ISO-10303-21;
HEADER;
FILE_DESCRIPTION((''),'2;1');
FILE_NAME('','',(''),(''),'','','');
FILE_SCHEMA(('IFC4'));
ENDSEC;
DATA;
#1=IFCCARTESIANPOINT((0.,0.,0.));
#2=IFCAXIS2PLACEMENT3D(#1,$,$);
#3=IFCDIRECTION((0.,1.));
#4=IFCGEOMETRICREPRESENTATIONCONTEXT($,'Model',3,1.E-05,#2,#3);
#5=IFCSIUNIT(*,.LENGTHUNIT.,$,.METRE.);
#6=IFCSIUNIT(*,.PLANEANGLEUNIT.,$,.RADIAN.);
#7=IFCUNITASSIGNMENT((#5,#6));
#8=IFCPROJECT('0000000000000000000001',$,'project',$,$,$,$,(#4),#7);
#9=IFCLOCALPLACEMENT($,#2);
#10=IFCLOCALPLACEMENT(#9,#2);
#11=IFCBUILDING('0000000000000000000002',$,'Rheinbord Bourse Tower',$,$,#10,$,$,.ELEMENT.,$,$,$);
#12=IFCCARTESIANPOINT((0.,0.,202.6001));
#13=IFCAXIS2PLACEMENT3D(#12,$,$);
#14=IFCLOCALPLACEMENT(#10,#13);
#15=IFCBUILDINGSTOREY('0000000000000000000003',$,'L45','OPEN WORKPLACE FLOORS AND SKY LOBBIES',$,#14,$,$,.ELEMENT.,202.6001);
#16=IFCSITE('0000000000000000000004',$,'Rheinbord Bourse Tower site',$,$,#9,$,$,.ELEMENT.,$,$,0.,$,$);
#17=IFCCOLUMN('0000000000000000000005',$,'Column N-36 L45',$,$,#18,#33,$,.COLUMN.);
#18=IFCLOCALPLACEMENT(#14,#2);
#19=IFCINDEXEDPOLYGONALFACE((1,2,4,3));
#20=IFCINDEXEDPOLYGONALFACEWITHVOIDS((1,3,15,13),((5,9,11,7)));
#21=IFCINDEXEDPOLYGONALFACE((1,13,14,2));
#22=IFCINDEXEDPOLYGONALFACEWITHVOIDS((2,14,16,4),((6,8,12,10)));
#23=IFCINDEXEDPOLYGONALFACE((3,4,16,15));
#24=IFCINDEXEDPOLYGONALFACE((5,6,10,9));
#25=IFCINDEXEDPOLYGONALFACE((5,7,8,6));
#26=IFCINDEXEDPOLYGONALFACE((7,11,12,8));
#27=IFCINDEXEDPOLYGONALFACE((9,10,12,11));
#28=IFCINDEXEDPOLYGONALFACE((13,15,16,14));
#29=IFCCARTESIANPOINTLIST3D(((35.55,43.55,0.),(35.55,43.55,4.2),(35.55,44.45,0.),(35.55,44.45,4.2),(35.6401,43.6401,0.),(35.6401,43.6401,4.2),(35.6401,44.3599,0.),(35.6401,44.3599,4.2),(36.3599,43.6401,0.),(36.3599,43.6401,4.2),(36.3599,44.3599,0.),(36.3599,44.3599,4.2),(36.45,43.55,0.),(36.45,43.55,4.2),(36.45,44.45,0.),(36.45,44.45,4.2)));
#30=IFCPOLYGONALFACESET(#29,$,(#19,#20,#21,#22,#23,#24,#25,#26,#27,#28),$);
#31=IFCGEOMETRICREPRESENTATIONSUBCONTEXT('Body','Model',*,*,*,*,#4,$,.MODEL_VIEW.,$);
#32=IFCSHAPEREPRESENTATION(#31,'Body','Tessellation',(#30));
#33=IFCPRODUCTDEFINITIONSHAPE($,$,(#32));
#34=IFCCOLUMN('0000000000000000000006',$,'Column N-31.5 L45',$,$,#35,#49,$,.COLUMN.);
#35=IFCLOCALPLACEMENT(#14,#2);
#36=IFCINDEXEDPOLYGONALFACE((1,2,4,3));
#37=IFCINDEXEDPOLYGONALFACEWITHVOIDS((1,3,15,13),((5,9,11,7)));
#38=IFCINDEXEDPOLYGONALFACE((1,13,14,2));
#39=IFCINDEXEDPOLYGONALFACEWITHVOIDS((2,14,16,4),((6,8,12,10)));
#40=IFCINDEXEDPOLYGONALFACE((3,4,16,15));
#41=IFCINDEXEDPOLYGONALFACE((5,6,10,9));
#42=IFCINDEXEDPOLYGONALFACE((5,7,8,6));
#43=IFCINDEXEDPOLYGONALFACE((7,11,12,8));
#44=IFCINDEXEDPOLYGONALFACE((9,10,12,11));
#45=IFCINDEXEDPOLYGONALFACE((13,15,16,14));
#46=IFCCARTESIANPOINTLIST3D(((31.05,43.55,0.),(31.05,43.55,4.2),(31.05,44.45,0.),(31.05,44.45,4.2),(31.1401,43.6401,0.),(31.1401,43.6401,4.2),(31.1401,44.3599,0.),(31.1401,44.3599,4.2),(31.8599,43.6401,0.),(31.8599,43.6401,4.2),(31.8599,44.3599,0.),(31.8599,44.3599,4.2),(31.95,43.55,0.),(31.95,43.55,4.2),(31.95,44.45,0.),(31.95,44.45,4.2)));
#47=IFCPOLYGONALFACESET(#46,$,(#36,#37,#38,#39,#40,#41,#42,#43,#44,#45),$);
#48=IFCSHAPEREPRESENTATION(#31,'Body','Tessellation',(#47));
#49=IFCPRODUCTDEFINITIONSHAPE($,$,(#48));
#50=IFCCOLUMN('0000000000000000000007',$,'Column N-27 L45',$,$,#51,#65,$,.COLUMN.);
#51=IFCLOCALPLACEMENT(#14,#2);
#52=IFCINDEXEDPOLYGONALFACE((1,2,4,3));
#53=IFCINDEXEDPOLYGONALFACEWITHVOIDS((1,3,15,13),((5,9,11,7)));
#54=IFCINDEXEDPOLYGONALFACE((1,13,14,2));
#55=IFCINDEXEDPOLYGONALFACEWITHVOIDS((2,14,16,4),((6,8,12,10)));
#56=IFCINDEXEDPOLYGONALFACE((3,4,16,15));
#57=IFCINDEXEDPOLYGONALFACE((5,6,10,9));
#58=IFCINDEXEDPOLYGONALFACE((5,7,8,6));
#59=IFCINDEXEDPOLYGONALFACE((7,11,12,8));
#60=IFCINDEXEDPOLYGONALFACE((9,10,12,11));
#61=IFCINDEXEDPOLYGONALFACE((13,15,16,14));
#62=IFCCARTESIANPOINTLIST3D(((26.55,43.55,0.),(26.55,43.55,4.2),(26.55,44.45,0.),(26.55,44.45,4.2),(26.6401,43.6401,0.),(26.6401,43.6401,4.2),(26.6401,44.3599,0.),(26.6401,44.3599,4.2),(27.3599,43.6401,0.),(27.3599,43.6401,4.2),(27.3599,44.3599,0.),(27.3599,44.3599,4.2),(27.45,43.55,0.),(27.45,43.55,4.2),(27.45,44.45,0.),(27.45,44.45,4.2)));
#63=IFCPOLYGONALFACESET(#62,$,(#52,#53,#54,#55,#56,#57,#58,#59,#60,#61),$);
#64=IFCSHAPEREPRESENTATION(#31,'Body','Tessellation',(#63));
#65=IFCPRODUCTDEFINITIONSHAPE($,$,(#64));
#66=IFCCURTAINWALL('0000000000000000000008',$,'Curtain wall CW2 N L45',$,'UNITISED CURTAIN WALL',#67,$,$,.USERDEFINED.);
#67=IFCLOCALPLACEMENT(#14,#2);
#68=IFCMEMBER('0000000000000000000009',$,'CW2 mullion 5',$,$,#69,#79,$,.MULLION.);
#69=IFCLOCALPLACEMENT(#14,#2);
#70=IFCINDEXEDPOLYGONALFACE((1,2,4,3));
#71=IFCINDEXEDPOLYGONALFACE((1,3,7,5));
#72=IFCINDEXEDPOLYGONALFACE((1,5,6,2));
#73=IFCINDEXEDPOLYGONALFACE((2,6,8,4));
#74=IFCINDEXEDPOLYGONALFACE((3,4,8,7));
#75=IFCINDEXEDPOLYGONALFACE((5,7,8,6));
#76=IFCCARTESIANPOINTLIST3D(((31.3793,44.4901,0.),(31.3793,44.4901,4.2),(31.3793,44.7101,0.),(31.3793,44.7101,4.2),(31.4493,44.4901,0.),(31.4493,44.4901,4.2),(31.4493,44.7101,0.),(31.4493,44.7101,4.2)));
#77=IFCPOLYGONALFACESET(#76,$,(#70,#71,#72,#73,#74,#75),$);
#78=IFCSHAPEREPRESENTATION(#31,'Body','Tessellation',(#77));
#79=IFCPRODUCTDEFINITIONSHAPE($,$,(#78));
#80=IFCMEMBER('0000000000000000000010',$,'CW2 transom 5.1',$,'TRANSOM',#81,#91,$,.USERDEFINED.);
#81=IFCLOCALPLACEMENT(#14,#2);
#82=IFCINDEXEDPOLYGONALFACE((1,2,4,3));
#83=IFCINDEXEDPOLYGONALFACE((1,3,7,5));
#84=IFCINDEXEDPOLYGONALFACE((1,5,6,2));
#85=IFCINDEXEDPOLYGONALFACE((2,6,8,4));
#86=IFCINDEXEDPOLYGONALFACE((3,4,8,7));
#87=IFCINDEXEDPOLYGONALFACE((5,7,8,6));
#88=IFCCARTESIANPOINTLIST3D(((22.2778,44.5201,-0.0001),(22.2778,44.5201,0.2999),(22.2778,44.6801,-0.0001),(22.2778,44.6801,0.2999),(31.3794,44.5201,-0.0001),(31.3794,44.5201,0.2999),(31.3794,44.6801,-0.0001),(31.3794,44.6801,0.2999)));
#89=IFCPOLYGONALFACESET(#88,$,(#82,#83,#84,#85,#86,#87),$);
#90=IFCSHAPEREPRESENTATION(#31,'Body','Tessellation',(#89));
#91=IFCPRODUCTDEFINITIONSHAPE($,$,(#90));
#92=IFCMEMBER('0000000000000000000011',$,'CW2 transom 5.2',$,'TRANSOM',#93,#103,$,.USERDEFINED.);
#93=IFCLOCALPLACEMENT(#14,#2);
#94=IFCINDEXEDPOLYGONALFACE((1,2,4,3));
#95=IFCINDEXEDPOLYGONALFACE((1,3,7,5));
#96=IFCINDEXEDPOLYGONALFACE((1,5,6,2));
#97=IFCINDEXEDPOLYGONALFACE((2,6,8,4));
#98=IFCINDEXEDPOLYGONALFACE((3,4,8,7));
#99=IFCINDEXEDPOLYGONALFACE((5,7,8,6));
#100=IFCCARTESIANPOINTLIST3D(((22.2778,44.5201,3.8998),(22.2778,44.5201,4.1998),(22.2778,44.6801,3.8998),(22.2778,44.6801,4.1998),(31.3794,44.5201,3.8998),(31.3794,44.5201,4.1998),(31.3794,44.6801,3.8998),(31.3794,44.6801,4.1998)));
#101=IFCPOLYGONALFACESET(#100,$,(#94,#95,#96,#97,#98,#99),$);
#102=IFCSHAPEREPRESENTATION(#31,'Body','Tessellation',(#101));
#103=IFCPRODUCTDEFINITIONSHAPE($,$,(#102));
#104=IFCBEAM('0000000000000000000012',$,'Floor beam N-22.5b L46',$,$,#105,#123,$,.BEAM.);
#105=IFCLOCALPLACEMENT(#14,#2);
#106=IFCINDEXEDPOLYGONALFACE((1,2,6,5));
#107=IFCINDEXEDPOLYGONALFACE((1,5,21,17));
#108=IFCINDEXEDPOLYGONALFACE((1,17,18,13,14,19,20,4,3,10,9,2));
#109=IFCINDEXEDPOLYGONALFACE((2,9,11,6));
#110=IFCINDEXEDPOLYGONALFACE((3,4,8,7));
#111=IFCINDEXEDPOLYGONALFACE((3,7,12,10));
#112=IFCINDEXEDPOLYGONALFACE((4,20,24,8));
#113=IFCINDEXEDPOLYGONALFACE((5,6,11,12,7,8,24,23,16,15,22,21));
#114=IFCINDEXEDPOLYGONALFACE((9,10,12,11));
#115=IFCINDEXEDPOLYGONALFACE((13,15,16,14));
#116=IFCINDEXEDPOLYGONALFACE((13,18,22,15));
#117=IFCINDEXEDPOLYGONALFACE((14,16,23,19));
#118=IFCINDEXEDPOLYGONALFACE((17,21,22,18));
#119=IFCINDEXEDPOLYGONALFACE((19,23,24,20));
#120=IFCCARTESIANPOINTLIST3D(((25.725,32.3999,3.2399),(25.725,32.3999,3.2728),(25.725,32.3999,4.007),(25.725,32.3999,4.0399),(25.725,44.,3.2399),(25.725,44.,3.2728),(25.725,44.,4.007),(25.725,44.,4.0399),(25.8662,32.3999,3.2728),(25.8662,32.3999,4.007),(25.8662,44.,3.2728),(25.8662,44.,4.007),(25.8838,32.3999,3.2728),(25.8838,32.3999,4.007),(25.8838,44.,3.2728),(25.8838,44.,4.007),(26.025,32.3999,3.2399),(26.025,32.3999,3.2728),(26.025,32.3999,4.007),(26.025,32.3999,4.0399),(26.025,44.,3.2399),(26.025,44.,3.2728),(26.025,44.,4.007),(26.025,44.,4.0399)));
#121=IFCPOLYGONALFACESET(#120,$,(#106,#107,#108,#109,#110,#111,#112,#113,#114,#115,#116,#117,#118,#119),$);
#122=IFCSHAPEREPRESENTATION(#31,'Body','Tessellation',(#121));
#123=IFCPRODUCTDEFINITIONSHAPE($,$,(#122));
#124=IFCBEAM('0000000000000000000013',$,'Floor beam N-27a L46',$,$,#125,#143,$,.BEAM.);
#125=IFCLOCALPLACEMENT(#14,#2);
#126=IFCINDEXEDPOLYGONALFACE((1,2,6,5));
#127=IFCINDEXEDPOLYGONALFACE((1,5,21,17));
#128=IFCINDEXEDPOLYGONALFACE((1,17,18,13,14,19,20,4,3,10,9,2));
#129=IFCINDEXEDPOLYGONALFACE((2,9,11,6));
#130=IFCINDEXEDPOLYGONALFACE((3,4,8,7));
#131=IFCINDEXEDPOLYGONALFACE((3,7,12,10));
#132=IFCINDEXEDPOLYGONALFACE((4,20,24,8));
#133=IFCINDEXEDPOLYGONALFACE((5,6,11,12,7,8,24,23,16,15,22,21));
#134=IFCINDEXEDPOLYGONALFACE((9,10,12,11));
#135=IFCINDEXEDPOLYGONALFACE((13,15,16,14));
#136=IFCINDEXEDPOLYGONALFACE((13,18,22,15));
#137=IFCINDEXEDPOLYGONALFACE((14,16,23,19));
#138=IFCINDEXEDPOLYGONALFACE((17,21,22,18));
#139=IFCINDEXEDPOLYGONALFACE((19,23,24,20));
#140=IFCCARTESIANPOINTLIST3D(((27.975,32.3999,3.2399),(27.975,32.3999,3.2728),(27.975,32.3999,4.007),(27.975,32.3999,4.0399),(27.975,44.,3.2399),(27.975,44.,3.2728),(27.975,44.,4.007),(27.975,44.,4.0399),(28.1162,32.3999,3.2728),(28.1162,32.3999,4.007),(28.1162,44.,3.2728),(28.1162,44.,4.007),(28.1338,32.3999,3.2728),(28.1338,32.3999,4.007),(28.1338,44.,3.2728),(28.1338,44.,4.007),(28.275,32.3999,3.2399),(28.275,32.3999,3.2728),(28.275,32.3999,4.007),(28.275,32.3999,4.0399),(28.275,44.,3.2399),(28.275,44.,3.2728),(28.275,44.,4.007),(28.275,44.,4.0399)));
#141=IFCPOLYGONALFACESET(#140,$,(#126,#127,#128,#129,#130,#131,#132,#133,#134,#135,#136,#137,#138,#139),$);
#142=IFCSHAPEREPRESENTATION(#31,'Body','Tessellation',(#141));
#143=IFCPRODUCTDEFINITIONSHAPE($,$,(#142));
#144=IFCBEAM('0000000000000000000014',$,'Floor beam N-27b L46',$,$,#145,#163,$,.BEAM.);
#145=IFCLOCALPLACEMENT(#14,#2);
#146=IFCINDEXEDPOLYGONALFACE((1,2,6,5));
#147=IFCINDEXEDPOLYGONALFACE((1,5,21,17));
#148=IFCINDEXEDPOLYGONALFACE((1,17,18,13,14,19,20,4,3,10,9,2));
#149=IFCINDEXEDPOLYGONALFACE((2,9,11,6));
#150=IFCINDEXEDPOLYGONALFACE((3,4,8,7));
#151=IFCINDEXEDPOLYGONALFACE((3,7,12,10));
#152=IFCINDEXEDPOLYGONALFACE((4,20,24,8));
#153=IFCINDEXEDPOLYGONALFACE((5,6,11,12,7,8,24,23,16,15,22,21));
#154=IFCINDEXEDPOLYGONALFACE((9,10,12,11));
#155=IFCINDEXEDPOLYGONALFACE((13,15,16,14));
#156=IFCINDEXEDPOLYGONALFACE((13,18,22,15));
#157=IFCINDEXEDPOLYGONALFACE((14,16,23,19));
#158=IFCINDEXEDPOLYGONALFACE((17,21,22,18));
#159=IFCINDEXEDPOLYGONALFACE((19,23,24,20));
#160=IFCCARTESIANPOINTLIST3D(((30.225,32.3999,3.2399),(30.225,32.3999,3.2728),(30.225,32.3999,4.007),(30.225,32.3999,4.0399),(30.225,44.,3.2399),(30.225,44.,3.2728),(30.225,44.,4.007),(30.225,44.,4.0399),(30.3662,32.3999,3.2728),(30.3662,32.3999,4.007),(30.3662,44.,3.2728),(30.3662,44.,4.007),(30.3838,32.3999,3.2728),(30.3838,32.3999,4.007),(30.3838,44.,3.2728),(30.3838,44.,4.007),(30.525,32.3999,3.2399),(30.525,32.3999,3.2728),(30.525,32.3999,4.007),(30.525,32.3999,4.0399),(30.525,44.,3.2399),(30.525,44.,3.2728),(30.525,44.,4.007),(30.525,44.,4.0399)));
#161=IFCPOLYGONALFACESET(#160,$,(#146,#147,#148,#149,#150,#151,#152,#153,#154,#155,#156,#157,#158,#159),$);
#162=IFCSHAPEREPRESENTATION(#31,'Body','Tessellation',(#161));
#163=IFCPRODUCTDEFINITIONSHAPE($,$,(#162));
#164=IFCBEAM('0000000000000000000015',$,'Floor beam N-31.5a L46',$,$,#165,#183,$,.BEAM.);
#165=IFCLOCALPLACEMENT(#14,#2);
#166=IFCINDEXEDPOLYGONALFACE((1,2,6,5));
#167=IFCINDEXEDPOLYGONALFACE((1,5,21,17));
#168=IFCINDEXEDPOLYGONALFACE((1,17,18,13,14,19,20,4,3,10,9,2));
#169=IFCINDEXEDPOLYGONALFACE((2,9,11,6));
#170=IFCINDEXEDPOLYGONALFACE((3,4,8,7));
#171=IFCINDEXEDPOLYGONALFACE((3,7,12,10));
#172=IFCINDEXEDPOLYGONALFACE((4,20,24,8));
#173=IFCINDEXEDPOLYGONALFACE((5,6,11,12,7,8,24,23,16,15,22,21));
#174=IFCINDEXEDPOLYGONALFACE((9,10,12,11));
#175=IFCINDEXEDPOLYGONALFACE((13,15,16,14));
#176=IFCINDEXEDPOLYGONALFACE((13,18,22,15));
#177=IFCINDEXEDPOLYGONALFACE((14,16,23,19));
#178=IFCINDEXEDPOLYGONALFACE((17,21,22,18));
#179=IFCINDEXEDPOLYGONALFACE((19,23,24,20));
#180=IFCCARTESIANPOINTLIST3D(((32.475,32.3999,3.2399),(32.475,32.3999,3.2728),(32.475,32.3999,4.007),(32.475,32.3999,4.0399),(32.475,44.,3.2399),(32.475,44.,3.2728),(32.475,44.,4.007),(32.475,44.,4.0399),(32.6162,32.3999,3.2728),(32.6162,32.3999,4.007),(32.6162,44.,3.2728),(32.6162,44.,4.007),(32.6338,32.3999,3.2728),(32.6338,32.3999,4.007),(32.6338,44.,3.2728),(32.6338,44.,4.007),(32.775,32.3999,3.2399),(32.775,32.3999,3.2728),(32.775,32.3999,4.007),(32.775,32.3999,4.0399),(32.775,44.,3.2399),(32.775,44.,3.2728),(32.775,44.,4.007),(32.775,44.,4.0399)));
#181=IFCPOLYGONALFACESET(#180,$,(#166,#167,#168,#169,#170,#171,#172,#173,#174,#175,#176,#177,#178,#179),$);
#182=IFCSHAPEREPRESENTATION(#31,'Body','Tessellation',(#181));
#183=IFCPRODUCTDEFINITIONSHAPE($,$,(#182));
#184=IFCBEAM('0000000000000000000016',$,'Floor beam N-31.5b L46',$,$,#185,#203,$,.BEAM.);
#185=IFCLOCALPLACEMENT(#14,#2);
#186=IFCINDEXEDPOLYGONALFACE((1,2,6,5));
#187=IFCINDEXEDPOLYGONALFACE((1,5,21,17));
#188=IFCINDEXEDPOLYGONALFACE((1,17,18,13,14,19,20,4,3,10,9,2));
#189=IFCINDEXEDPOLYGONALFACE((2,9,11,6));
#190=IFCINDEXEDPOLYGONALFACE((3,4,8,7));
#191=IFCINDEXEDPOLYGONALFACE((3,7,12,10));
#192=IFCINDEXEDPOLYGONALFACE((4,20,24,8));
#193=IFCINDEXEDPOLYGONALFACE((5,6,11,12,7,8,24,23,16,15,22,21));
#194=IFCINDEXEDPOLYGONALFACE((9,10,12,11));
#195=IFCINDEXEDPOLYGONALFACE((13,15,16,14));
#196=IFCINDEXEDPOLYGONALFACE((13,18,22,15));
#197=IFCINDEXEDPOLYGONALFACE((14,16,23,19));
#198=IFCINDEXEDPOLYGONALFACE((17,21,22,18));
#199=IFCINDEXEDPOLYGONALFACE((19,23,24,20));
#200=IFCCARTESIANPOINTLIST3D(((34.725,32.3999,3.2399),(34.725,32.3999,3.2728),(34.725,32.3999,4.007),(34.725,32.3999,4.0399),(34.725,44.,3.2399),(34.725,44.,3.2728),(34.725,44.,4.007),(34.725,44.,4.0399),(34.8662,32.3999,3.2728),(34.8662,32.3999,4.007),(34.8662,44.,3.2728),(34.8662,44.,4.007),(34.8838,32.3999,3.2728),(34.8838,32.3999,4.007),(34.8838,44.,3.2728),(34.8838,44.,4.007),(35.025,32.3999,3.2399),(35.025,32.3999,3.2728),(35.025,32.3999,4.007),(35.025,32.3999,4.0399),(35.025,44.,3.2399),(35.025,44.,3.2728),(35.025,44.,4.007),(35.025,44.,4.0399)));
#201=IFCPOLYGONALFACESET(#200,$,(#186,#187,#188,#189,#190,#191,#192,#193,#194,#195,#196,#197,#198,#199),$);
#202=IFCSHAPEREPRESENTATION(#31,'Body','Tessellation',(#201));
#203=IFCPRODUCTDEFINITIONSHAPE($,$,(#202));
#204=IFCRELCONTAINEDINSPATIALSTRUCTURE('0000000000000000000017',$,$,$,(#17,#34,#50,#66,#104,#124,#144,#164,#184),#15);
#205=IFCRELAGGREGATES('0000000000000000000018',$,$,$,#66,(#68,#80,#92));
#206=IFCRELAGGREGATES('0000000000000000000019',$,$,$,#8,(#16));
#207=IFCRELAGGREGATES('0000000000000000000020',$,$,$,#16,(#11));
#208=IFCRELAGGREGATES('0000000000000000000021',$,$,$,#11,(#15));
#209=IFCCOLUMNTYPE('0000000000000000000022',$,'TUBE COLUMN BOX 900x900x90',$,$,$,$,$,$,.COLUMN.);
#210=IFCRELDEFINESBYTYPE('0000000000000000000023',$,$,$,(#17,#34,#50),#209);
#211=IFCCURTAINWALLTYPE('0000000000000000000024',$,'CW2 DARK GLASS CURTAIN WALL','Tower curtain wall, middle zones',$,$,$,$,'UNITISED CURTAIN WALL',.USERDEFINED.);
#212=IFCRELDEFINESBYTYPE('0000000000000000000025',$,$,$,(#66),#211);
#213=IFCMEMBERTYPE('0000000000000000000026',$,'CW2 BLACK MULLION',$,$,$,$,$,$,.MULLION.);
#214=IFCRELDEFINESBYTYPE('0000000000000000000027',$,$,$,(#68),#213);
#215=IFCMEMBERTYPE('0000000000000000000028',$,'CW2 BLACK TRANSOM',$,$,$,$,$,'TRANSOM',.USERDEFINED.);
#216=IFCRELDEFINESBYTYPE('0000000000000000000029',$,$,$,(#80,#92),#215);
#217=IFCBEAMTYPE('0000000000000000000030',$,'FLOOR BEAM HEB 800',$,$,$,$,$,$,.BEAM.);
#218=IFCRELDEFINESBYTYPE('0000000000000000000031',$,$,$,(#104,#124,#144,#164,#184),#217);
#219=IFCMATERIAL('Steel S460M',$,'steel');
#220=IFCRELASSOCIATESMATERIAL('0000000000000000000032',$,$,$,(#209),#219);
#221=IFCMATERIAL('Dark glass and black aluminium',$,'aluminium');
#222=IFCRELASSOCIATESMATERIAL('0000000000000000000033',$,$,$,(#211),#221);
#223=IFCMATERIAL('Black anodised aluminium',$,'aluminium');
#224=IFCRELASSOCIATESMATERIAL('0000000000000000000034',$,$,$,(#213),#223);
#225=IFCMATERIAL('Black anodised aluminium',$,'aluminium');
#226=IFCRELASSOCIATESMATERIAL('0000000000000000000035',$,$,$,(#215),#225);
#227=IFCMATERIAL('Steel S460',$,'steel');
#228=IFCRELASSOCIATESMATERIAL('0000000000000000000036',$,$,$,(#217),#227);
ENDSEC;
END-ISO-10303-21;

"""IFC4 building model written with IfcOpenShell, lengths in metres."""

from ifc_helpers import new_model, si_unit, direction, frame, origin, origin_2d, place, context, subcontext, project, spatial, rectangle, hollow_rectangle, i_section, extrude, material, material_profile, profile_set, type_object, element, aggregate, save


model = new_model("IFC4")

# Units and contexts
model_context = context("Model", 3, precision=1e-05, world=origin(), true_north=direction((0.0, 1.0)))
body_context = subcontext(model_context, "Body", "Model", "MODEL_VIEW")
ifc_project = project(units=[si_unit("LENGTHUNIT", "METRE"), si_unit("PLANEANGLEUNIT", "RADIAN")], contexts=[model_context])

# Site, building, storey
site_placement = place(None, origin())
site = spatial("IfcSite", under=ifc_project, at=site_placement, Name="Rheinbord Bourse Tower site", CompositionType="ELEMENT", RefElevation=0.0)
building_placement = place(site_placement, origin())
building = spatial("IfcBuilding", under=site, at=building_placement, Name="Rheinbord Bourse Tower", CompositionType="ELEMENT")
storey_placement = place(building_placement, frame((0.0, 0.0, 202.6001)))
storey = spatial("IfcBuildingStorey", under=building, at=storey_placement, Name="L45", Description="OPEN WORKPLACE FLOORS AND SKY LOBBIES", CompositionType="ELEMENT", Elevation=202.6001)

# Columns
ifc_material_1 = material(Name="Steel S460M", Category="steel")
ifc_material_profile_1 = material_profile(ifc_material_1, hollow_rectangle(XDim=0.8999, YDim=0.8999, WallThickness=0.0901, at=origin_2d()), Name="BOX 900x900x90")
ifc_profile_set_1 = profile_set([ifc_material_profile_1], Name="Steel S460M")
column_type = type_object("IfcColumnType", Name="TUBE COLUMN BOX 900x900x90", PredefinedType="COLUMN", material=ifc_profile_set_1)
for number, where, z_axis, x_axis, name in (
    (1, (36.0, 44.0, 0.0), (0.0, 0.0, 1.0), (0.0, 1.0, 0.0), "Column N-36 L45"),
    (2, (31.5, 44.0, 0.0), (0.0, 0.0, 1.0), (0.0, 1.0, 0.0), "Column N-31.5 L45"),
    (3, (27.0, 44.0, 0.0), (0.0, 0.0, 1.0), (0.0, 1.0, 0.0), "Column N-27 L45"),
):
    element("IfcColumn", number, at=place(storey_placement, frame(where, z_axis=z_axis, x_axis=x_axis)), inside=storey, type_object=column_type, Name=name, PredefinedType="COLUMN", context=body_context, shape_type="SweptSolid", body=[
        extrude(hollow_rectangle(XDim=0.8999, YDim=0.8999, WallThickness=0.0901, at=origin_2d()), origin(), (0.0, 0.0, 1.0), 4.2),
    ])

# Curtain wall, members
ifc_material_2 = material(Name="Dark glass and black aluminium", Category="aluminium")
curtain_wall_type = type_object("IfcCurtainWallType", Name="CW2 DARK GLASS CURTAIN WALL", Description="Tower curtain wall, middle zones", ElementType="UNITISED CURTAIN WALL", PredefinedType="USERDEFINED", material=ifc_material_2)
curtain_wall_placement = place(storey_placement, origin())
curtain_wall = element("IfcCurtainWall", 4, at=curtain_wall_placement, inside=storey, type_object=curtain_wall_type, Name="Curtain wall CW2 N L45", ObjectType="UNITISED CURTAIN WALL", PredefinedType="USERDEFINED")
ifc_material_3 = material(Name="Black anodised aluminium", Category="aluminium")
ifc_material_profile_2 = material_profile(ifc_material_3, rectangle(XDim=0.22, YDim=0.0701, at=origin_2d()), Name="CW2 MULLION 70x220")
ifc_profile_set_2 = profile_set([ifc_material_profile_2], Name="Black anodised aluminium")
member_type_1 = type_object("IfcMemberType", Name="CW2 BLACK MULLION", PredefinedType="MULLION", material=ifc_profile_set_2)
member_1_placement = place(storey_placement, frame((31.4143, 44.6001, 0.0), z_axis=(0.0, 0.0, 1.0), x_axis=(0.0, -1.0, 0.0)))
member_1 = element("IfcMember", 5, at=member_1_placement, type_object=member_type_1, Name="CW2 mullion 5", PredefinedType="MULLION", context=body_context, shape_type="SweptSolid", body=[
    extrude(rectangle(XDim=0.22, YDim=0.0701, at=origin_2d()), origin(), (0.0, 0.0, 1.0), 4.2),
])
ifc_material_4 = material(Name="Black anodised aluminium", Category="aluminium")
ifc_material_profile_3 = material_profile(ifc_material_4, rectangle(XDim=0.1599, YDim=0.3, at=origin_2d()), Name="CW2 TRANSOM 300x160")
ifc_profile_set_3 = profile_set([ifc_material_profile_3], Name="Black anodised aluminium")
member_type_2 = type_object("IfcMemberType", Name="CW2 BLACK TRANSOM", ElementType="TRANSOM", PredefinedType="USERDEFINED", material=ifc_profile_set_3)
member_2_placement = place(storey_placement, frame((31.3794, 44.6001, 0.1499), z_axis=(-1.0, 0.0, 0.0), x_axis=(0.0, -1.0, 0.0)))
member_2 = element("IfcMember", 6, at=member_2_placement, type_object=member_type_2, Name="CW2 transom 5.1", ObjectType="TRANSOM", PredefinedType="USERDEFINED", context=body_context, shape_type="SweptSolid", body=[
    extrude(rectangle(XDim=0.1599, YDim=0.3, at=origin_2d()), origin(), (0.0, 0.0, 1.0), 9.1016),
])
member_3_placement = place(storey_placement, frame((31.3794, 44.6001, 4.0498), z_axis=(-1.0, 0.0, 0.0), x_axis=(0.0, -1.0, 0.0)))
member_3 = element("IfcMember", 7, at=member_3_placement, type_object=member_type_2, Name="CW2 transom 5.2", ObjectType="TRANSOM", PredefinedType="USERDEFINED", context=body_context, shape_type="SweptSolid", body=[
    extrude(rectangle(XDim=0.1599, YDim=0.3, at=origin_2d()), origin(), (0.0, 0.0, 1.0), 9.1016),
])

# Beams
ifc_material_5 = material(Name="Steel S460", Category="steel")
ifc_material_profile_4 = material_profile(ifc_material_5, i_section(OverallWidth=0.3, OverallDepth=0.8, WebThickness=0.0176, FlangeThickness=0.033, at=origin_2d()), Name="HEB 800")
ifc_profile_set_4 = profile_set([ifc_material_profile_4], Name="Steel S460")
beam_type_1 = type_object("IfcBeamType", Name="FLOOR BEAM HEB 800", PredefinedType="BEAM", material=ifc_profile_set_4)
for number, where, z_axis, x_axis, name in (
    (8, (25.875, 44.0, 3.6399), (0.0, -1.0, 0.0), (1.0, 0.0, 0.0), "Floor beam N-22.5b L46"),
    (9, (28.125, 44.0, 3.6399), (0.0, -1.0, 0.0), (1.0, 0.0, 0.0), "Floor beam N-27a L46"),
    (10, (30.375, 44.0, 3.6399), (0.0, -1.0, 0.0), (1.0, 0.0, 0.0), "Floor beam N-27b L46"),
    (11, (32.625, 44.0, 3.6399), (0.0, -1.0, 0.0), (1.0, 0.0, 0.0), "Floor beam N-31.5a L46"),
    (12, (34.875, 44.0, 3.6399), (0.0, -1.0, 0.0), (1.0, 0.0, 0.0), "Floor beam N-31.5b L46"),
):
    element("IfcBeam", number, at=place(storey_placement, frame(where, z_axis=z_axis, x_axis=x_axis)), inside=storey, type_object=beam_type_1, Name=name, PredefinedType="BEAM", context=body_context, shape_type="SweptSolid", body=[
        extrude(i_section(OverallWidth=0.3, OverallDepth=0.8, WebThickness=0.0176, FlangeThickness=0.033, at=origin_2d()), origin(), (0.0, 0.0, 1.0), 11.6001),
    ])

aggregate(curtain_wall, [member_1, member_2, member_3])

save(model, "model.ifc")
